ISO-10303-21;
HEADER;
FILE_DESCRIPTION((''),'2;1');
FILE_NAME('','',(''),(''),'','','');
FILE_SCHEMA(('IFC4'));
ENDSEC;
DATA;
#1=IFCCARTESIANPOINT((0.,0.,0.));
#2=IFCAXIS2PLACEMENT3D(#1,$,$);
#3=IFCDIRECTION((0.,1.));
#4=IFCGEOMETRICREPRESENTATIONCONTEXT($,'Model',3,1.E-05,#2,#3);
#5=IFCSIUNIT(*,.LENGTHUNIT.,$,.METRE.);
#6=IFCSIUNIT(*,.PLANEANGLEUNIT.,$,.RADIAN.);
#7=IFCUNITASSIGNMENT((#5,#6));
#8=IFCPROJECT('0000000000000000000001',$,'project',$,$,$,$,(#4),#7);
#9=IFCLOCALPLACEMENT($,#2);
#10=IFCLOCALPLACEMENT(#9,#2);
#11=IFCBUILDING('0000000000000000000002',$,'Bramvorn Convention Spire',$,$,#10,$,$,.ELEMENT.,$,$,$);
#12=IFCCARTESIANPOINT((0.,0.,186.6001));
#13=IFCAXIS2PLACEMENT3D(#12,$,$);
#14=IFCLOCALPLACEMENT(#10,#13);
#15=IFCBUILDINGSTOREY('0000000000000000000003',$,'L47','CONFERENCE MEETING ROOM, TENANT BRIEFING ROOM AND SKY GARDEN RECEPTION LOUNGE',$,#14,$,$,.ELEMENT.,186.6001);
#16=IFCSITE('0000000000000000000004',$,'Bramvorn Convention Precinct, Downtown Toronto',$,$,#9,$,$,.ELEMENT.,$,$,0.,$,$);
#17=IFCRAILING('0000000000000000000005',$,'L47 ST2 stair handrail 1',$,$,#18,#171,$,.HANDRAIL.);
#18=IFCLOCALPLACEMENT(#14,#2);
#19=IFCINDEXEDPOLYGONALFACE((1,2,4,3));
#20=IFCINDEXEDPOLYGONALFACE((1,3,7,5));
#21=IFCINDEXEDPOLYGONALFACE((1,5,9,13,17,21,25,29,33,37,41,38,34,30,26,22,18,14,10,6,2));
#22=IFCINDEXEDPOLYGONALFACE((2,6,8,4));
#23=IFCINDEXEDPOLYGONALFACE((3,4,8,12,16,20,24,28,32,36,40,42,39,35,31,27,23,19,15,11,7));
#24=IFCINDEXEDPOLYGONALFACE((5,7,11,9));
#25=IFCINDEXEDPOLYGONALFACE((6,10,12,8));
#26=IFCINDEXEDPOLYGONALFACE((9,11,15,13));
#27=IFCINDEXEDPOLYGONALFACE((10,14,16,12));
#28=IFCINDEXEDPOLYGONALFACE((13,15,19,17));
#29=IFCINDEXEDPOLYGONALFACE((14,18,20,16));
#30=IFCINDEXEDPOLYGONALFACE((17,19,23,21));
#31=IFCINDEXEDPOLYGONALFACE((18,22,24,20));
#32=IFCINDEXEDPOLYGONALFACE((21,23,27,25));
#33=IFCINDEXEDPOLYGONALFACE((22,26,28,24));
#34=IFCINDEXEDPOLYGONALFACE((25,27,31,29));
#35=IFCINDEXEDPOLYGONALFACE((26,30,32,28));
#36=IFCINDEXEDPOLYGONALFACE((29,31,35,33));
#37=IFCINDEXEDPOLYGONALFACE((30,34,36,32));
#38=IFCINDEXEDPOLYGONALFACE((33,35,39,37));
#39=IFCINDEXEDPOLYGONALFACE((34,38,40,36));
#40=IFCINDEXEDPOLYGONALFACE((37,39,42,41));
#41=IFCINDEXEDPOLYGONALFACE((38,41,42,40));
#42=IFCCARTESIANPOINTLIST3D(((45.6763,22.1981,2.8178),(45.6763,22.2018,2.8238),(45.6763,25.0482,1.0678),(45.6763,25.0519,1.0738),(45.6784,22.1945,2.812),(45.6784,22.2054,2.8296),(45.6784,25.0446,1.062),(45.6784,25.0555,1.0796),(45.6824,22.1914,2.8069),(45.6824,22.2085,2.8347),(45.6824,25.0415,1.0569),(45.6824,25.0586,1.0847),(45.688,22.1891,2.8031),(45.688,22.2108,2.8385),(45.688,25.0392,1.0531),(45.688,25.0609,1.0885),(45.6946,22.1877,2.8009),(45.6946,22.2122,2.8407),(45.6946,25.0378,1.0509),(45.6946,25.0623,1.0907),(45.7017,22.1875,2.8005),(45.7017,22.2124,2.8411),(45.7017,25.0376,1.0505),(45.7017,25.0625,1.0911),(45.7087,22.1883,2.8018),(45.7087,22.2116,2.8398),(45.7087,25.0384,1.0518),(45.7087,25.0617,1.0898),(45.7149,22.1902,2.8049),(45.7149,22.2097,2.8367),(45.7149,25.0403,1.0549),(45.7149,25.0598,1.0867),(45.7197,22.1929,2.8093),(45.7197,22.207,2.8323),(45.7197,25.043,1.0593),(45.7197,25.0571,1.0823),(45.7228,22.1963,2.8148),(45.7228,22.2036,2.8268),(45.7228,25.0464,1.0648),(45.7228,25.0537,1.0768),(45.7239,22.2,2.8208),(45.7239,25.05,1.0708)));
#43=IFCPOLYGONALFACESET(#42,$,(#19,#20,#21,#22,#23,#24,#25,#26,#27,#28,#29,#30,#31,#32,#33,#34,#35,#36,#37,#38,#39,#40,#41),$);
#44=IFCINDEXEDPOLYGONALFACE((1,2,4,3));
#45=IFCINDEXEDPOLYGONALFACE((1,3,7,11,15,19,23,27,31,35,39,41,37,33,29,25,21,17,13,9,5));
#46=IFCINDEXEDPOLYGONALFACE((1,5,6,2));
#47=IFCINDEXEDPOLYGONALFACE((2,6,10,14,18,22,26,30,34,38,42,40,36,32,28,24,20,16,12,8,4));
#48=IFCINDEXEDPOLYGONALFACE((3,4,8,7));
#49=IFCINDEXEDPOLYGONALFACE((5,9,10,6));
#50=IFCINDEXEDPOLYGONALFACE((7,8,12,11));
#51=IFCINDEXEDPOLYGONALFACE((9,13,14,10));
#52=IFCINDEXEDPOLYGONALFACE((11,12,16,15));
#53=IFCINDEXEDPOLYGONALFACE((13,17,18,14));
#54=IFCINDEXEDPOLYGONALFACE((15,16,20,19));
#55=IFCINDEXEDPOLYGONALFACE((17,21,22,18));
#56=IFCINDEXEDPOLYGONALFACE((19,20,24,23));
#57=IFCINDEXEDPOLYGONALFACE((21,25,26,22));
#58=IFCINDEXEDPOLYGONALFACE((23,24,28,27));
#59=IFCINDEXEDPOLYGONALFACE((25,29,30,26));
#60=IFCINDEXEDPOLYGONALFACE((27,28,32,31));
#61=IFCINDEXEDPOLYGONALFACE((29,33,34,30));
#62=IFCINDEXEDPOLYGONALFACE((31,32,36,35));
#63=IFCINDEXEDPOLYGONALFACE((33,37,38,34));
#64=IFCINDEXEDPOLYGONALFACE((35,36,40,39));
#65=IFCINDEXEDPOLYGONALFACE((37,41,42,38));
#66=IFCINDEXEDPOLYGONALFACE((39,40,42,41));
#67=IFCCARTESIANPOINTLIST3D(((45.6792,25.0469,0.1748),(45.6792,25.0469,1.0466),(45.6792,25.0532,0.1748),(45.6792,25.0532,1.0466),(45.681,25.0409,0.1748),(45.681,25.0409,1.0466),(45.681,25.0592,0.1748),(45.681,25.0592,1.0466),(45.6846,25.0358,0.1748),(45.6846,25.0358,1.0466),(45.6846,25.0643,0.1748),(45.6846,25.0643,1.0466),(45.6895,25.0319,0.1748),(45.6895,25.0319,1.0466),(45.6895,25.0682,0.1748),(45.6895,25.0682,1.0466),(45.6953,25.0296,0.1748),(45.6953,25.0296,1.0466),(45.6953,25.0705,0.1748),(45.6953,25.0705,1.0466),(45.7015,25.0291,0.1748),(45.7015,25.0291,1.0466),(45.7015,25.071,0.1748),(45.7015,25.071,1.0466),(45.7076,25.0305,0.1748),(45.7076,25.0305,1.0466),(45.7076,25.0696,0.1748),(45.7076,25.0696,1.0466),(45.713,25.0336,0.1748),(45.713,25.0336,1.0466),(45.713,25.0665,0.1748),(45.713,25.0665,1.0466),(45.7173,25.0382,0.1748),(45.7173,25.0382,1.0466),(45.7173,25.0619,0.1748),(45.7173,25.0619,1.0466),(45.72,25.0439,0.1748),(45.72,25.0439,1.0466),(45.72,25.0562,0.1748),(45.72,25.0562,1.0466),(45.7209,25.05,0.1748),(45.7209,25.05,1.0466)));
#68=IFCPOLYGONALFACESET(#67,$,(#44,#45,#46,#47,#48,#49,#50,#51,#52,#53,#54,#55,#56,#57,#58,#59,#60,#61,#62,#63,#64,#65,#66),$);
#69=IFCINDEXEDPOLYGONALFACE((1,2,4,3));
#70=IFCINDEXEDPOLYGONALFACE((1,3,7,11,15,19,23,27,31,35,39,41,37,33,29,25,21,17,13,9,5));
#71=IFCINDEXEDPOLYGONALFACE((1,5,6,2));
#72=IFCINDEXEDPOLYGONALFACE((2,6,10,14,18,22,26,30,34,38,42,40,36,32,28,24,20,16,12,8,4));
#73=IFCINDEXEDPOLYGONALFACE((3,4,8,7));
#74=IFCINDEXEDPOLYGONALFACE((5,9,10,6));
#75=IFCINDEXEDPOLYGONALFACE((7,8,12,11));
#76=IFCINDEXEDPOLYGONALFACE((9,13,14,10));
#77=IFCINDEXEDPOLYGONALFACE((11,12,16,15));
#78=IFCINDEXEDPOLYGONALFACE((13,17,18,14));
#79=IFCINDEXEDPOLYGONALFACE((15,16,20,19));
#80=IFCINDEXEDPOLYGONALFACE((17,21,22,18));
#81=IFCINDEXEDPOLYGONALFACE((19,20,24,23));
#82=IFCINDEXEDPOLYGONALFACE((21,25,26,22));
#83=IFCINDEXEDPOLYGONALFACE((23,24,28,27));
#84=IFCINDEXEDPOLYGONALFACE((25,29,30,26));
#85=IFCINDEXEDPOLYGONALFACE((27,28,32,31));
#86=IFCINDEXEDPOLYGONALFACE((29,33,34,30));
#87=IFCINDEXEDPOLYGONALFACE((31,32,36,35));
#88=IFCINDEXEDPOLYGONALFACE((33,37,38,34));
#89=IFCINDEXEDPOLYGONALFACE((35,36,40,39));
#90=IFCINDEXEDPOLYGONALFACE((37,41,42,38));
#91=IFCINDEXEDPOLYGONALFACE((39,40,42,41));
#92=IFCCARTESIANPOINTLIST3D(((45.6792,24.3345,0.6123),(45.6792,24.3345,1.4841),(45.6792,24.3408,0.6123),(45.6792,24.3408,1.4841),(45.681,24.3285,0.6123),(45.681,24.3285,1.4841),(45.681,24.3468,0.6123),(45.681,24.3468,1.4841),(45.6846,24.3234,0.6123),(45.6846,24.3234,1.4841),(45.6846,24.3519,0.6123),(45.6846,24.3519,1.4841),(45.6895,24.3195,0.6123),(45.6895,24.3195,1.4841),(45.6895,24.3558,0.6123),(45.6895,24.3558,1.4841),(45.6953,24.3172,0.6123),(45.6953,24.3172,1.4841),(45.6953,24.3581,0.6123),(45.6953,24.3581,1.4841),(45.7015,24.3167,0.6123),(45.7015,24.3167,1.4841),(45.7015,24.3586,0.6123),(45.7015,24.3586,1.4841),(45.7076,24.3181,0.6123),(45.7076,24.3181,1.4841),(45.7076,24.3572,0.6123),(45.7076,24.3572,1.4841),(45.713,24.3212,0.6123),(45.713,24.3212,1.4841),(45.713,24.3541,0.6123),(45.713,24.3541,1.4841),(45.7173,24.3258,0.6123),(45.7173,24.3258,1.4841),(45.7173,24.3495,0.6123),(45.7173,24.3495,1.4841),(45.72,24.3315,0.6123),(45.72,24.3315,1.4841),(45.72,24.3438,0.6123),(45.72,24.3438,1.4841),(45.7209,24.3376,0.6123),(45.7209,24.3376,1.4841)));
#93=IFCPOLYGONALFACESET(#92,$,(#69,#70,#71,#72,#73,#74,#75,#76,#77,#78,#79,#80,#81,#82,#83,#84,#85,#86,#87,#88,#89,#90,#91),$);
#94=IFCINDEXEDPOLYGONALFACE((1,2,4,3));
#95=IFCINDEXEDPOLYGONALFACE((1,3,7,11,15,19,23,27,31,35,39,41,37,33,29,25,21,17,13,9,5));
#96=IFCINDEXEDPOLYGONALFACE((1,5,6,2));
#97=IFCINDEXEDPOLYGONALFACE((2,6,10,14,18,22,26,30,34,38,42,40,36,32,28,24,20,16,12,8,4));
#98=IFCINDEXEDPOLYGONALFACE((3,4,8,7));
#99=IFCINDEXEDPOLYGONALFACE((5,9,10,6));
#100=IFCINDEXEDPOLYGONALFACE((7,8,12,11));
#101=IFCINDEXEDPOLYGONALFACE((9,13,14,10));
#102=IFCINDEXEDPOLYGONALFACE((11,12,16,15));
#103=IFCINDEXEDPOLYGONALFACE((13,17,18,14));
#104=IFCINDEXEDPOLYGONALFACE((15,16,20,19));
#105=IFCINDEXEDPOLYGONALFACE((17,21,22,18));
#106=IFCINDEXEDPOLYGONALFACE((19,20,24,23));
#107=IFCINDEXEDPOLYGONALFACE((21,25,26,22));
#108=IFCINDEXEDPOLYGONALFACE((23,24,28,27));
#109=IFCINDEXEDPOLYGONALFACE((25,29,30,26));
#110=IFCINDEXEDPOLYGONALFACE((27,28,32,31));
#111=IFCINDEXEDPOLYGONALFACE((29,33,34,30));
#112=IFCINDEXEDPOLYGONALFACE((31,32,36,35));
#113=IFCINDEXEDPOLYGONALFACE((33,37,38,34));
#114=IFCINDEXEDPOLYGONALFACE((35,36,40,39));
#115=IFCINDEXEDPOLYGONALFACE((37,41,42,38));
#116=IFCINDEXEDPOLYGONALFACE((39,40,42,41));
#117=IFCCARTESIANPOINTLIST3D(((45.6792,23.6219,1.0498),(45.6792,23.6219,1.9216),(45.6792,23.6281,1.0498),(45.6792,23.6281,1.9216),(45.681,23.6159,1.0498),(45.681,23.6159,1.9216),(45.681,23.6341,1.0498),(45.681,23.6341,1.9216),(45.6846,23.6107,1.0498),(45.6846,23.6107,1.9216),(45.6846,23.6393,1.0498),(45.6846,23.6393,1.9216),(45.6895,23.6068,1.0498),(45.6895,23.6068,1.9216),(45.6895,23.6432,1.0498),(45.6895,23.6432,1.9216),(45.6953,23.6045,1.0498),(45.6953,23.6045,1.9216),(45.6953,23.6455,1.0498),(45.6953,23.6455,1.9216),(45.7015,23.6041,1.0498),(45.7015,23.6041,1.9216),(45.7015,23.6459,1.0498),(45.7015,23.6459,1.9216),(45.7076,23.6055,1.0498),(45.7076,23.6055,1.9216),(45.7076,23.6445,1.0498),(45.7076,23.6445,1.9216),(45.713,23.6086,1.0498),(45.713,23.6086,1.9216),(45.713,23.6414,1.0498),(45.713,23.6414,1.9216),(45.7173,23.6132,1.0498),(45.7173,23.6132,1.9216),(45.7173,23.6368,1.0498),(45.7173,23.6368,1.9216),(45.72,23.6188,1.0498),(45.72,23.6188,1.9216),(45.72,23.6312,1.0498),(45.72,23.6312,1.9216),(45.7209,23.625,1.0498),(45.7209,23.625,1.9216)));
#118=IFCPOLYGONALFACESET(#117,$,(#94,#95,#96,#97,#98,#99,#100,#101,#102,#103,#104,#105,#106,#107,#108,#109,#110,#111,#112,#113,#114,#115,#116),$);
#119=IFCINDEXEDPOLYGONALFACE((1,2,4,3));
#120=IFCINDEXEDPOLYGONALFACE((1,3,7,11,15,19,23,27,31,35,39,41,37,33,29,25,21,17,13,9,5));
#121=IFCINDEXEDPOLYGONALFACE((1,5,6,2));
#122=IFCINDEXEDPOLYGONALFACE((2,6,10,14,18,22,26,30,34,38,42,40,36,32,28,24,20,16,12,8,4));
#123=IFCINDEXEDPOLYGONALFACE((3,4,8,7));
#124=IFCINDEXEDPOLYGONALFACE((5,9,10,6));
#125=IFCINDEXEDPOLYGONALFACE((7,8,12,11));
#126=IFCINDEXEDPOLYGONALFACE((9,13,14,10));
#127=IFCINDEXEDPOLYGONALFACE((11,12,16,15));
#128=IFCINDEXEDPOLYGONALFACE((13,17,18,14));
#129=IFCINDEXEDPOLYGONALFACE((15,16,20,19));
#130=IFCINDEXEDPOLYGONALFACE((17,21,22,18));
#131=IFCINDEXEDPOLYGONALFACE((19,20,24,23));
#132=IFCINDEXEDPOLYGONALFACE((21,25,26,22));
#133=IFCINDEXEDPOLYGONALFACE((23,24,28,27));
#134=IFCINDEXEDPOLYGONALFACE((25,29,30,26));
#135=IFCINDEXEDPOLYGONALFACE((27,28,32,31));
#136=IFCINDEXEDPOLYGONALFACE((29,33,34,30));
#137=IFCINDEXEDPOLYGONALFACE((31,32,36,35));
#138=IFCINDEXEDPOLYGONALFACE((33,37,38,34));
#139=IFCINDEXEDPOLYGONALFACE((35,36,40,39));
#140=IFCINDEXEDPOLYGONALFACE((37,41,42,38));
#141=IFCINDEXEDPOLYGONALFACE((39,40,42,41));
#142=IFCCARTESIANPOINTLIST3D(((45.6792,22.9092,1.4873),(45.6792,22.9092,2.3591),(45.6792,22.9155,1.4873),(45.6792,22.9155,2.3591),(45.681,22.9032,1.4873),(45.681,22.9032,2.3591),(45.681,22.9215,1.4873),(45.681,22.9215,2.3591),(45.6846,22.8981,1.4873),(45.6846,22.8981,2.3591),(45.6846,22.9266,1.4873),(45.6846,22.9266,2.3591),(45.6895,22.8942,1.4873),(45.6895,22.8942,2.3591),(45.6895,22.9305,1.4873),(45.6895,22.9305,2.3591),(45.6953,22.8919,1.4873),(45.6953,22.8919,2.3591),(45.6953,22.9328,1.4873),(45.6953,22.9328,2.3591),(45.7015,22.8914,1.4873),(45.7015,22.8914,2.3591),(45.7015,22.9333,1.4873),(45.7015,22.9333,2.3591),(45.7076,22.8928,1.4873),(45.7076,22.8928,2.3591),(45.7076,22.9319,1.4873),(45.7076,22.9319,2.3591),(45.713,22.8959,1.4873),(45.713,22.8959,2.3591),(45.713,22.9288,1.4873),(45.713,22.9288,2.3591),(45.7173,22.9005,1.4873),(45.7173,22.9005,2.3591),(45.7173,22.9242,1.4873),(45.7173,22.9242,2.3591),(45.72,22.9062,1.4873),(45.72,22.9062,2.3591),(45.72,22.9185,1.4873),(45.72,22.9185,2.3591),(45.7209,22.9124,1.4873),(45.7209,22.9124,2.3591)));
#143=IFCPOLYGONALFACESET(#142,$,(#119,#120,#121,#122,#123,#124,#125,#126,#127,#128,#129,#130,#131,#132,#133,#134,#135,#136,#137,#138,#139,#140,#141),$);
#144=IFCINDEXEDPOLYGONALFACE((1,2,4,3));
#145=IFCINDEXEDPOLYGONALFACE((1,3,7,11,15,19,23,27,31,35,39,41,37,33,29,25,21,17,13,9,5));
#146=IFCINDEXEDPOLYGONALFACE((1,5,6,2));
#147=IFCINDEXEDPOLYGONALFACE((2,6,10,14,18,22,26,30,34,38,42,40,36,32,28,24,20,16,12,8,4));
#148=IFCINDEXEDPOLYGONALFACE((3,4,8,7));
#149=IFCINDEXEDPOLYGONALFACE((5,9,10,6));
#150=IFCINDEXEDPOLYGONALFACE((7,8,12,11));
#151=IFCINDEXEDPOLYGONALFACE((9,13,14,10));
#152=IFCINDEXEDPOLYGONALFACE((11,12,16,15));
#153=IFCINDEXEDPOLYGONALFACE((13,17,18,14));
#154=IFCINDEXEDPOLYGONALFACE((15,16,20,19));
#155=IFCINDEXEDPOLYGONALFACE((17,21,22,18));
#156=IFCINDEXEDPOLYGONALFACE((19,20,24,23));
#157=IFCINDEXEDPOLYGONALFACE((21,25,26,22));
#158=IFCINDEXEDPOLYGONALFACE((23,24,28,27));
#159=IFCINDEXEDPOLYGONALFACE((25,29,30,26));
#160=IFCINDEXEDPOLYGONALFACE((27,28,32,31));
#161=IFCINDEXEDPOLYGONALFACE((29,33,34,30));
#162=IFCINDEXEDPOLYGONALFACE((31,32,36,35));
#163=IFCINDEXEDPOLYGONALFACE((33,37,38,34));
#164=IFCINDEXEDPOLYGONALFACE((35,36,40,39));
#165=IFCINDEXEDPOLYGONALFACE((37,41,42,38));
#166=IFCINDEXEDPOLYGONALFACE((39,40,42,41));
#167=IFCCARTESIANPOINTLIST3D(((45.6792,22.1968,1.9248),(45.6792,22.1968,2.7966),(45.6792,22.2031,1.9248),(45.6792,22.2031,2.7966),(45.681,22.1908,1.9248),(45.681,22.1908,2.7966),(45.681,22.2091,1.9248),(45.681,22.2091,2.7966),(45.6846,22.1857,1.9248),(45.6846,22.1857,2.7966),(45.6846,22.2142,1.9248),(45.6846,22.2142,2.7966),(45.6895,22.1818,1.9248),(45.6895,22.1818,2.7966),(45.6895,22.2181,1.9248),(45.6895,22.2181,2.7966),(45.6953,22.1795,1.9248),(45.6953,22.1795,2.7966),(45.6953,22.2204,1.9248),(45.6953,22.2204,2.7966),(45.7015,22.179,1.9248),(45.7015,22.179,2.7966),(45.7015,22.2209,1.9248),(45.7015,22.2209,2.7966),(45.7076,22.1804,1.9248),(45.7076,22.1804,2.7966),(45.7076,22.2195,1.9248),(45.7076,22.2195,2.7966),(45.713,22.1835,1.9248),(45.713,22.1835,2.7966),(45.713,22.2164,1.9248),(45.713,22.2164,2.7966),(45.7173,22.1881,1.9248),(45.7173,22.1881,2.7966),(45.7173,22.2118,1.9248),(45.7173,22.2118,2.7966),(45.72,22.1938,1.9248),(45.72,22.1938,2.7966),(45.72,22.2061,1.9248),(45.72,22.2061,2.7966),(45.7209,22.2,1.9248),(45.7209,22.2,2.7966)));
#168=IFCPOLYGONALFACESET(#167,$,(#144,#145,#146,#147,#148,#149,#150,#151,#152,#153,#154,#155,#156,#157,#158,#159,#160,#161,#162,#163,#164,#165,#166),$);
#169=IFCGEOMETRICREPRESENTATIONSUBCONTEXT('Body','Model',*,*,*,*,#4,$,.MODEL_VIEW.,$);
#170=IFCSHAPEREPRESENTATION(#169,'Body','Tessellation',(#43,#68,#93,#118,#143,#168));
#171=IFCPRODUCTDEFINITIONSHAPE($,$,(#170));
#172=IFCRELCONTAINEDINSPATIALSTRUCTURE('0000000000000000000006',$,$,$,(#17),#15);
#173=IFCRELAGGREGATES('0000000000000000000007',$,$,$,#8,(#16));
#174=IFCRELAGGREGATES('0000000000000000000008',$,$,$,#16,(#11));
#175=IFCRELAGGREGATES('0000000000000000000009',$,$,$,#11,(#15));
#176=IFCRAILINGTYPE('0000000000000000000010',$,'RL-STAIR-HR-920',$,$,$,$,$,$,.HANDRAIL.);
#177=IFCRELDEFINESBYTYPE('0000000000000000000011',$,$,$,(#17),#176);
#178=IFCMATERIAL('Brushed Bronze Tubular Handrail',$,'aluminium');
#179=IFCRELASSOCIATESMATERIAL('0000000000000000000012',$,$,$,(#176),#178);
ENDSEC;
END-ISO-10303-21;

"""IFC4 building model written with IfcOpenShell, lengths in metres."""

from ifc_helpers import new_model, si_unit, direction, frame, origin, origin_2d, place, context, subcontext, project, spatial, circle, extrude, material, type_object, element, save


model = new_model("IFC4")

# Units and contexts
model_context = context("Model", 3, precision=1e-05, world=origin(), true_north=direction((0.0, 1.0)))
body_context = subcontext(model_context, "Body", "Model", "MODEL_VIEW")
ifc_project = project(units=[si_unit("LENGTHUNIT", "METRE"), si_unit("PLANEANGLEUNIT", "RADIAN")], contexts=[model_context])

# Site, building, storey
site_placement = place(None, origin())
site = spatial("IfcSite", under=ifc_project, at=site_placement, Name="Bramvorn Convention Precinct, Downtown Toronto", CompositionType="ELEMENT", RefElevation=0.0)
building_placement = place(site_placement, origin())
building = spatial("IfcBuilding", under=site, at=building_placement, Name="Bramvorn Convention Spire", CompositionType="ELEMENT")
storey_placement = place(building_placement, frame((0.0, 0.0, 186.6001)))
storey = spatial("IfcBuildingStorey", under=building, at=storey_placement, Name="L47", Description="CONFERENCE MEETING ROOM, TENANT BRIEFING ROOM AND SKY GARDEN RECEPTION LOUNGE", CompositionType="ELEMENT", Elevation=186.6001)

# Railing
ifc_material_1 = material(Name="Brushed Bronze Tubular Handrail", Category="aluminium")
railing_type_1 = type_object("IfcRailingType", Name="RL-STAIR-HR-920", PredefinedType="HANDRAIL", material=ifc_material_1)
railing_1_placement = place(storey_placement, frame((45.7, 25.05, 0.1748)))
element("IfcRailing", 1, at=railing_1_placement, inside=storey, type_object=railing_type_1, Name="L47 ST2 stair handrail 1", PredefinedType="HANDRAIL", context=body_context, shape_type="SweptSolid", body=[
    extrude(circle(Radius=0.0239, at=origin_2d()), frame((0.0, 0.0, 0.896), z_axis=(0.0, -0.852179, 0.52325), x_axis=(1.0, 0.0, 0.0)), (0.0, 0.0, 1.0), 3.3445),
    extrude(circle(Radius=0.021, at=origin_2d()), origin(), (0.0, 0.0, 1.0), 0.8718),
    extrude(circle(Radius=0.021, at=origin_2d()), frame((0.0, -0.7124, 0.4375)), (0.0, 0.0, 1.0), 0.8718),
    extrude(circle(Radius=0.021, at=origin_2d()), frame((0.0, -1.425, 0.875)), (0.0, 0.0, 1.0), 0.8718),
    extrude(circle(Radius=0.021, at=origin_2d()), frame((0.0, -2.1377, 1.3125)), (0.0, 0.0, 1.0), 0.8718),
    extrude(circle(Radius=0.021, at=origin_2d()), frame((0.0, -2.8501, 1.75)), (0.0, 0.0, 1.0), 0.8718),
])

save(model, "model.ifc")
